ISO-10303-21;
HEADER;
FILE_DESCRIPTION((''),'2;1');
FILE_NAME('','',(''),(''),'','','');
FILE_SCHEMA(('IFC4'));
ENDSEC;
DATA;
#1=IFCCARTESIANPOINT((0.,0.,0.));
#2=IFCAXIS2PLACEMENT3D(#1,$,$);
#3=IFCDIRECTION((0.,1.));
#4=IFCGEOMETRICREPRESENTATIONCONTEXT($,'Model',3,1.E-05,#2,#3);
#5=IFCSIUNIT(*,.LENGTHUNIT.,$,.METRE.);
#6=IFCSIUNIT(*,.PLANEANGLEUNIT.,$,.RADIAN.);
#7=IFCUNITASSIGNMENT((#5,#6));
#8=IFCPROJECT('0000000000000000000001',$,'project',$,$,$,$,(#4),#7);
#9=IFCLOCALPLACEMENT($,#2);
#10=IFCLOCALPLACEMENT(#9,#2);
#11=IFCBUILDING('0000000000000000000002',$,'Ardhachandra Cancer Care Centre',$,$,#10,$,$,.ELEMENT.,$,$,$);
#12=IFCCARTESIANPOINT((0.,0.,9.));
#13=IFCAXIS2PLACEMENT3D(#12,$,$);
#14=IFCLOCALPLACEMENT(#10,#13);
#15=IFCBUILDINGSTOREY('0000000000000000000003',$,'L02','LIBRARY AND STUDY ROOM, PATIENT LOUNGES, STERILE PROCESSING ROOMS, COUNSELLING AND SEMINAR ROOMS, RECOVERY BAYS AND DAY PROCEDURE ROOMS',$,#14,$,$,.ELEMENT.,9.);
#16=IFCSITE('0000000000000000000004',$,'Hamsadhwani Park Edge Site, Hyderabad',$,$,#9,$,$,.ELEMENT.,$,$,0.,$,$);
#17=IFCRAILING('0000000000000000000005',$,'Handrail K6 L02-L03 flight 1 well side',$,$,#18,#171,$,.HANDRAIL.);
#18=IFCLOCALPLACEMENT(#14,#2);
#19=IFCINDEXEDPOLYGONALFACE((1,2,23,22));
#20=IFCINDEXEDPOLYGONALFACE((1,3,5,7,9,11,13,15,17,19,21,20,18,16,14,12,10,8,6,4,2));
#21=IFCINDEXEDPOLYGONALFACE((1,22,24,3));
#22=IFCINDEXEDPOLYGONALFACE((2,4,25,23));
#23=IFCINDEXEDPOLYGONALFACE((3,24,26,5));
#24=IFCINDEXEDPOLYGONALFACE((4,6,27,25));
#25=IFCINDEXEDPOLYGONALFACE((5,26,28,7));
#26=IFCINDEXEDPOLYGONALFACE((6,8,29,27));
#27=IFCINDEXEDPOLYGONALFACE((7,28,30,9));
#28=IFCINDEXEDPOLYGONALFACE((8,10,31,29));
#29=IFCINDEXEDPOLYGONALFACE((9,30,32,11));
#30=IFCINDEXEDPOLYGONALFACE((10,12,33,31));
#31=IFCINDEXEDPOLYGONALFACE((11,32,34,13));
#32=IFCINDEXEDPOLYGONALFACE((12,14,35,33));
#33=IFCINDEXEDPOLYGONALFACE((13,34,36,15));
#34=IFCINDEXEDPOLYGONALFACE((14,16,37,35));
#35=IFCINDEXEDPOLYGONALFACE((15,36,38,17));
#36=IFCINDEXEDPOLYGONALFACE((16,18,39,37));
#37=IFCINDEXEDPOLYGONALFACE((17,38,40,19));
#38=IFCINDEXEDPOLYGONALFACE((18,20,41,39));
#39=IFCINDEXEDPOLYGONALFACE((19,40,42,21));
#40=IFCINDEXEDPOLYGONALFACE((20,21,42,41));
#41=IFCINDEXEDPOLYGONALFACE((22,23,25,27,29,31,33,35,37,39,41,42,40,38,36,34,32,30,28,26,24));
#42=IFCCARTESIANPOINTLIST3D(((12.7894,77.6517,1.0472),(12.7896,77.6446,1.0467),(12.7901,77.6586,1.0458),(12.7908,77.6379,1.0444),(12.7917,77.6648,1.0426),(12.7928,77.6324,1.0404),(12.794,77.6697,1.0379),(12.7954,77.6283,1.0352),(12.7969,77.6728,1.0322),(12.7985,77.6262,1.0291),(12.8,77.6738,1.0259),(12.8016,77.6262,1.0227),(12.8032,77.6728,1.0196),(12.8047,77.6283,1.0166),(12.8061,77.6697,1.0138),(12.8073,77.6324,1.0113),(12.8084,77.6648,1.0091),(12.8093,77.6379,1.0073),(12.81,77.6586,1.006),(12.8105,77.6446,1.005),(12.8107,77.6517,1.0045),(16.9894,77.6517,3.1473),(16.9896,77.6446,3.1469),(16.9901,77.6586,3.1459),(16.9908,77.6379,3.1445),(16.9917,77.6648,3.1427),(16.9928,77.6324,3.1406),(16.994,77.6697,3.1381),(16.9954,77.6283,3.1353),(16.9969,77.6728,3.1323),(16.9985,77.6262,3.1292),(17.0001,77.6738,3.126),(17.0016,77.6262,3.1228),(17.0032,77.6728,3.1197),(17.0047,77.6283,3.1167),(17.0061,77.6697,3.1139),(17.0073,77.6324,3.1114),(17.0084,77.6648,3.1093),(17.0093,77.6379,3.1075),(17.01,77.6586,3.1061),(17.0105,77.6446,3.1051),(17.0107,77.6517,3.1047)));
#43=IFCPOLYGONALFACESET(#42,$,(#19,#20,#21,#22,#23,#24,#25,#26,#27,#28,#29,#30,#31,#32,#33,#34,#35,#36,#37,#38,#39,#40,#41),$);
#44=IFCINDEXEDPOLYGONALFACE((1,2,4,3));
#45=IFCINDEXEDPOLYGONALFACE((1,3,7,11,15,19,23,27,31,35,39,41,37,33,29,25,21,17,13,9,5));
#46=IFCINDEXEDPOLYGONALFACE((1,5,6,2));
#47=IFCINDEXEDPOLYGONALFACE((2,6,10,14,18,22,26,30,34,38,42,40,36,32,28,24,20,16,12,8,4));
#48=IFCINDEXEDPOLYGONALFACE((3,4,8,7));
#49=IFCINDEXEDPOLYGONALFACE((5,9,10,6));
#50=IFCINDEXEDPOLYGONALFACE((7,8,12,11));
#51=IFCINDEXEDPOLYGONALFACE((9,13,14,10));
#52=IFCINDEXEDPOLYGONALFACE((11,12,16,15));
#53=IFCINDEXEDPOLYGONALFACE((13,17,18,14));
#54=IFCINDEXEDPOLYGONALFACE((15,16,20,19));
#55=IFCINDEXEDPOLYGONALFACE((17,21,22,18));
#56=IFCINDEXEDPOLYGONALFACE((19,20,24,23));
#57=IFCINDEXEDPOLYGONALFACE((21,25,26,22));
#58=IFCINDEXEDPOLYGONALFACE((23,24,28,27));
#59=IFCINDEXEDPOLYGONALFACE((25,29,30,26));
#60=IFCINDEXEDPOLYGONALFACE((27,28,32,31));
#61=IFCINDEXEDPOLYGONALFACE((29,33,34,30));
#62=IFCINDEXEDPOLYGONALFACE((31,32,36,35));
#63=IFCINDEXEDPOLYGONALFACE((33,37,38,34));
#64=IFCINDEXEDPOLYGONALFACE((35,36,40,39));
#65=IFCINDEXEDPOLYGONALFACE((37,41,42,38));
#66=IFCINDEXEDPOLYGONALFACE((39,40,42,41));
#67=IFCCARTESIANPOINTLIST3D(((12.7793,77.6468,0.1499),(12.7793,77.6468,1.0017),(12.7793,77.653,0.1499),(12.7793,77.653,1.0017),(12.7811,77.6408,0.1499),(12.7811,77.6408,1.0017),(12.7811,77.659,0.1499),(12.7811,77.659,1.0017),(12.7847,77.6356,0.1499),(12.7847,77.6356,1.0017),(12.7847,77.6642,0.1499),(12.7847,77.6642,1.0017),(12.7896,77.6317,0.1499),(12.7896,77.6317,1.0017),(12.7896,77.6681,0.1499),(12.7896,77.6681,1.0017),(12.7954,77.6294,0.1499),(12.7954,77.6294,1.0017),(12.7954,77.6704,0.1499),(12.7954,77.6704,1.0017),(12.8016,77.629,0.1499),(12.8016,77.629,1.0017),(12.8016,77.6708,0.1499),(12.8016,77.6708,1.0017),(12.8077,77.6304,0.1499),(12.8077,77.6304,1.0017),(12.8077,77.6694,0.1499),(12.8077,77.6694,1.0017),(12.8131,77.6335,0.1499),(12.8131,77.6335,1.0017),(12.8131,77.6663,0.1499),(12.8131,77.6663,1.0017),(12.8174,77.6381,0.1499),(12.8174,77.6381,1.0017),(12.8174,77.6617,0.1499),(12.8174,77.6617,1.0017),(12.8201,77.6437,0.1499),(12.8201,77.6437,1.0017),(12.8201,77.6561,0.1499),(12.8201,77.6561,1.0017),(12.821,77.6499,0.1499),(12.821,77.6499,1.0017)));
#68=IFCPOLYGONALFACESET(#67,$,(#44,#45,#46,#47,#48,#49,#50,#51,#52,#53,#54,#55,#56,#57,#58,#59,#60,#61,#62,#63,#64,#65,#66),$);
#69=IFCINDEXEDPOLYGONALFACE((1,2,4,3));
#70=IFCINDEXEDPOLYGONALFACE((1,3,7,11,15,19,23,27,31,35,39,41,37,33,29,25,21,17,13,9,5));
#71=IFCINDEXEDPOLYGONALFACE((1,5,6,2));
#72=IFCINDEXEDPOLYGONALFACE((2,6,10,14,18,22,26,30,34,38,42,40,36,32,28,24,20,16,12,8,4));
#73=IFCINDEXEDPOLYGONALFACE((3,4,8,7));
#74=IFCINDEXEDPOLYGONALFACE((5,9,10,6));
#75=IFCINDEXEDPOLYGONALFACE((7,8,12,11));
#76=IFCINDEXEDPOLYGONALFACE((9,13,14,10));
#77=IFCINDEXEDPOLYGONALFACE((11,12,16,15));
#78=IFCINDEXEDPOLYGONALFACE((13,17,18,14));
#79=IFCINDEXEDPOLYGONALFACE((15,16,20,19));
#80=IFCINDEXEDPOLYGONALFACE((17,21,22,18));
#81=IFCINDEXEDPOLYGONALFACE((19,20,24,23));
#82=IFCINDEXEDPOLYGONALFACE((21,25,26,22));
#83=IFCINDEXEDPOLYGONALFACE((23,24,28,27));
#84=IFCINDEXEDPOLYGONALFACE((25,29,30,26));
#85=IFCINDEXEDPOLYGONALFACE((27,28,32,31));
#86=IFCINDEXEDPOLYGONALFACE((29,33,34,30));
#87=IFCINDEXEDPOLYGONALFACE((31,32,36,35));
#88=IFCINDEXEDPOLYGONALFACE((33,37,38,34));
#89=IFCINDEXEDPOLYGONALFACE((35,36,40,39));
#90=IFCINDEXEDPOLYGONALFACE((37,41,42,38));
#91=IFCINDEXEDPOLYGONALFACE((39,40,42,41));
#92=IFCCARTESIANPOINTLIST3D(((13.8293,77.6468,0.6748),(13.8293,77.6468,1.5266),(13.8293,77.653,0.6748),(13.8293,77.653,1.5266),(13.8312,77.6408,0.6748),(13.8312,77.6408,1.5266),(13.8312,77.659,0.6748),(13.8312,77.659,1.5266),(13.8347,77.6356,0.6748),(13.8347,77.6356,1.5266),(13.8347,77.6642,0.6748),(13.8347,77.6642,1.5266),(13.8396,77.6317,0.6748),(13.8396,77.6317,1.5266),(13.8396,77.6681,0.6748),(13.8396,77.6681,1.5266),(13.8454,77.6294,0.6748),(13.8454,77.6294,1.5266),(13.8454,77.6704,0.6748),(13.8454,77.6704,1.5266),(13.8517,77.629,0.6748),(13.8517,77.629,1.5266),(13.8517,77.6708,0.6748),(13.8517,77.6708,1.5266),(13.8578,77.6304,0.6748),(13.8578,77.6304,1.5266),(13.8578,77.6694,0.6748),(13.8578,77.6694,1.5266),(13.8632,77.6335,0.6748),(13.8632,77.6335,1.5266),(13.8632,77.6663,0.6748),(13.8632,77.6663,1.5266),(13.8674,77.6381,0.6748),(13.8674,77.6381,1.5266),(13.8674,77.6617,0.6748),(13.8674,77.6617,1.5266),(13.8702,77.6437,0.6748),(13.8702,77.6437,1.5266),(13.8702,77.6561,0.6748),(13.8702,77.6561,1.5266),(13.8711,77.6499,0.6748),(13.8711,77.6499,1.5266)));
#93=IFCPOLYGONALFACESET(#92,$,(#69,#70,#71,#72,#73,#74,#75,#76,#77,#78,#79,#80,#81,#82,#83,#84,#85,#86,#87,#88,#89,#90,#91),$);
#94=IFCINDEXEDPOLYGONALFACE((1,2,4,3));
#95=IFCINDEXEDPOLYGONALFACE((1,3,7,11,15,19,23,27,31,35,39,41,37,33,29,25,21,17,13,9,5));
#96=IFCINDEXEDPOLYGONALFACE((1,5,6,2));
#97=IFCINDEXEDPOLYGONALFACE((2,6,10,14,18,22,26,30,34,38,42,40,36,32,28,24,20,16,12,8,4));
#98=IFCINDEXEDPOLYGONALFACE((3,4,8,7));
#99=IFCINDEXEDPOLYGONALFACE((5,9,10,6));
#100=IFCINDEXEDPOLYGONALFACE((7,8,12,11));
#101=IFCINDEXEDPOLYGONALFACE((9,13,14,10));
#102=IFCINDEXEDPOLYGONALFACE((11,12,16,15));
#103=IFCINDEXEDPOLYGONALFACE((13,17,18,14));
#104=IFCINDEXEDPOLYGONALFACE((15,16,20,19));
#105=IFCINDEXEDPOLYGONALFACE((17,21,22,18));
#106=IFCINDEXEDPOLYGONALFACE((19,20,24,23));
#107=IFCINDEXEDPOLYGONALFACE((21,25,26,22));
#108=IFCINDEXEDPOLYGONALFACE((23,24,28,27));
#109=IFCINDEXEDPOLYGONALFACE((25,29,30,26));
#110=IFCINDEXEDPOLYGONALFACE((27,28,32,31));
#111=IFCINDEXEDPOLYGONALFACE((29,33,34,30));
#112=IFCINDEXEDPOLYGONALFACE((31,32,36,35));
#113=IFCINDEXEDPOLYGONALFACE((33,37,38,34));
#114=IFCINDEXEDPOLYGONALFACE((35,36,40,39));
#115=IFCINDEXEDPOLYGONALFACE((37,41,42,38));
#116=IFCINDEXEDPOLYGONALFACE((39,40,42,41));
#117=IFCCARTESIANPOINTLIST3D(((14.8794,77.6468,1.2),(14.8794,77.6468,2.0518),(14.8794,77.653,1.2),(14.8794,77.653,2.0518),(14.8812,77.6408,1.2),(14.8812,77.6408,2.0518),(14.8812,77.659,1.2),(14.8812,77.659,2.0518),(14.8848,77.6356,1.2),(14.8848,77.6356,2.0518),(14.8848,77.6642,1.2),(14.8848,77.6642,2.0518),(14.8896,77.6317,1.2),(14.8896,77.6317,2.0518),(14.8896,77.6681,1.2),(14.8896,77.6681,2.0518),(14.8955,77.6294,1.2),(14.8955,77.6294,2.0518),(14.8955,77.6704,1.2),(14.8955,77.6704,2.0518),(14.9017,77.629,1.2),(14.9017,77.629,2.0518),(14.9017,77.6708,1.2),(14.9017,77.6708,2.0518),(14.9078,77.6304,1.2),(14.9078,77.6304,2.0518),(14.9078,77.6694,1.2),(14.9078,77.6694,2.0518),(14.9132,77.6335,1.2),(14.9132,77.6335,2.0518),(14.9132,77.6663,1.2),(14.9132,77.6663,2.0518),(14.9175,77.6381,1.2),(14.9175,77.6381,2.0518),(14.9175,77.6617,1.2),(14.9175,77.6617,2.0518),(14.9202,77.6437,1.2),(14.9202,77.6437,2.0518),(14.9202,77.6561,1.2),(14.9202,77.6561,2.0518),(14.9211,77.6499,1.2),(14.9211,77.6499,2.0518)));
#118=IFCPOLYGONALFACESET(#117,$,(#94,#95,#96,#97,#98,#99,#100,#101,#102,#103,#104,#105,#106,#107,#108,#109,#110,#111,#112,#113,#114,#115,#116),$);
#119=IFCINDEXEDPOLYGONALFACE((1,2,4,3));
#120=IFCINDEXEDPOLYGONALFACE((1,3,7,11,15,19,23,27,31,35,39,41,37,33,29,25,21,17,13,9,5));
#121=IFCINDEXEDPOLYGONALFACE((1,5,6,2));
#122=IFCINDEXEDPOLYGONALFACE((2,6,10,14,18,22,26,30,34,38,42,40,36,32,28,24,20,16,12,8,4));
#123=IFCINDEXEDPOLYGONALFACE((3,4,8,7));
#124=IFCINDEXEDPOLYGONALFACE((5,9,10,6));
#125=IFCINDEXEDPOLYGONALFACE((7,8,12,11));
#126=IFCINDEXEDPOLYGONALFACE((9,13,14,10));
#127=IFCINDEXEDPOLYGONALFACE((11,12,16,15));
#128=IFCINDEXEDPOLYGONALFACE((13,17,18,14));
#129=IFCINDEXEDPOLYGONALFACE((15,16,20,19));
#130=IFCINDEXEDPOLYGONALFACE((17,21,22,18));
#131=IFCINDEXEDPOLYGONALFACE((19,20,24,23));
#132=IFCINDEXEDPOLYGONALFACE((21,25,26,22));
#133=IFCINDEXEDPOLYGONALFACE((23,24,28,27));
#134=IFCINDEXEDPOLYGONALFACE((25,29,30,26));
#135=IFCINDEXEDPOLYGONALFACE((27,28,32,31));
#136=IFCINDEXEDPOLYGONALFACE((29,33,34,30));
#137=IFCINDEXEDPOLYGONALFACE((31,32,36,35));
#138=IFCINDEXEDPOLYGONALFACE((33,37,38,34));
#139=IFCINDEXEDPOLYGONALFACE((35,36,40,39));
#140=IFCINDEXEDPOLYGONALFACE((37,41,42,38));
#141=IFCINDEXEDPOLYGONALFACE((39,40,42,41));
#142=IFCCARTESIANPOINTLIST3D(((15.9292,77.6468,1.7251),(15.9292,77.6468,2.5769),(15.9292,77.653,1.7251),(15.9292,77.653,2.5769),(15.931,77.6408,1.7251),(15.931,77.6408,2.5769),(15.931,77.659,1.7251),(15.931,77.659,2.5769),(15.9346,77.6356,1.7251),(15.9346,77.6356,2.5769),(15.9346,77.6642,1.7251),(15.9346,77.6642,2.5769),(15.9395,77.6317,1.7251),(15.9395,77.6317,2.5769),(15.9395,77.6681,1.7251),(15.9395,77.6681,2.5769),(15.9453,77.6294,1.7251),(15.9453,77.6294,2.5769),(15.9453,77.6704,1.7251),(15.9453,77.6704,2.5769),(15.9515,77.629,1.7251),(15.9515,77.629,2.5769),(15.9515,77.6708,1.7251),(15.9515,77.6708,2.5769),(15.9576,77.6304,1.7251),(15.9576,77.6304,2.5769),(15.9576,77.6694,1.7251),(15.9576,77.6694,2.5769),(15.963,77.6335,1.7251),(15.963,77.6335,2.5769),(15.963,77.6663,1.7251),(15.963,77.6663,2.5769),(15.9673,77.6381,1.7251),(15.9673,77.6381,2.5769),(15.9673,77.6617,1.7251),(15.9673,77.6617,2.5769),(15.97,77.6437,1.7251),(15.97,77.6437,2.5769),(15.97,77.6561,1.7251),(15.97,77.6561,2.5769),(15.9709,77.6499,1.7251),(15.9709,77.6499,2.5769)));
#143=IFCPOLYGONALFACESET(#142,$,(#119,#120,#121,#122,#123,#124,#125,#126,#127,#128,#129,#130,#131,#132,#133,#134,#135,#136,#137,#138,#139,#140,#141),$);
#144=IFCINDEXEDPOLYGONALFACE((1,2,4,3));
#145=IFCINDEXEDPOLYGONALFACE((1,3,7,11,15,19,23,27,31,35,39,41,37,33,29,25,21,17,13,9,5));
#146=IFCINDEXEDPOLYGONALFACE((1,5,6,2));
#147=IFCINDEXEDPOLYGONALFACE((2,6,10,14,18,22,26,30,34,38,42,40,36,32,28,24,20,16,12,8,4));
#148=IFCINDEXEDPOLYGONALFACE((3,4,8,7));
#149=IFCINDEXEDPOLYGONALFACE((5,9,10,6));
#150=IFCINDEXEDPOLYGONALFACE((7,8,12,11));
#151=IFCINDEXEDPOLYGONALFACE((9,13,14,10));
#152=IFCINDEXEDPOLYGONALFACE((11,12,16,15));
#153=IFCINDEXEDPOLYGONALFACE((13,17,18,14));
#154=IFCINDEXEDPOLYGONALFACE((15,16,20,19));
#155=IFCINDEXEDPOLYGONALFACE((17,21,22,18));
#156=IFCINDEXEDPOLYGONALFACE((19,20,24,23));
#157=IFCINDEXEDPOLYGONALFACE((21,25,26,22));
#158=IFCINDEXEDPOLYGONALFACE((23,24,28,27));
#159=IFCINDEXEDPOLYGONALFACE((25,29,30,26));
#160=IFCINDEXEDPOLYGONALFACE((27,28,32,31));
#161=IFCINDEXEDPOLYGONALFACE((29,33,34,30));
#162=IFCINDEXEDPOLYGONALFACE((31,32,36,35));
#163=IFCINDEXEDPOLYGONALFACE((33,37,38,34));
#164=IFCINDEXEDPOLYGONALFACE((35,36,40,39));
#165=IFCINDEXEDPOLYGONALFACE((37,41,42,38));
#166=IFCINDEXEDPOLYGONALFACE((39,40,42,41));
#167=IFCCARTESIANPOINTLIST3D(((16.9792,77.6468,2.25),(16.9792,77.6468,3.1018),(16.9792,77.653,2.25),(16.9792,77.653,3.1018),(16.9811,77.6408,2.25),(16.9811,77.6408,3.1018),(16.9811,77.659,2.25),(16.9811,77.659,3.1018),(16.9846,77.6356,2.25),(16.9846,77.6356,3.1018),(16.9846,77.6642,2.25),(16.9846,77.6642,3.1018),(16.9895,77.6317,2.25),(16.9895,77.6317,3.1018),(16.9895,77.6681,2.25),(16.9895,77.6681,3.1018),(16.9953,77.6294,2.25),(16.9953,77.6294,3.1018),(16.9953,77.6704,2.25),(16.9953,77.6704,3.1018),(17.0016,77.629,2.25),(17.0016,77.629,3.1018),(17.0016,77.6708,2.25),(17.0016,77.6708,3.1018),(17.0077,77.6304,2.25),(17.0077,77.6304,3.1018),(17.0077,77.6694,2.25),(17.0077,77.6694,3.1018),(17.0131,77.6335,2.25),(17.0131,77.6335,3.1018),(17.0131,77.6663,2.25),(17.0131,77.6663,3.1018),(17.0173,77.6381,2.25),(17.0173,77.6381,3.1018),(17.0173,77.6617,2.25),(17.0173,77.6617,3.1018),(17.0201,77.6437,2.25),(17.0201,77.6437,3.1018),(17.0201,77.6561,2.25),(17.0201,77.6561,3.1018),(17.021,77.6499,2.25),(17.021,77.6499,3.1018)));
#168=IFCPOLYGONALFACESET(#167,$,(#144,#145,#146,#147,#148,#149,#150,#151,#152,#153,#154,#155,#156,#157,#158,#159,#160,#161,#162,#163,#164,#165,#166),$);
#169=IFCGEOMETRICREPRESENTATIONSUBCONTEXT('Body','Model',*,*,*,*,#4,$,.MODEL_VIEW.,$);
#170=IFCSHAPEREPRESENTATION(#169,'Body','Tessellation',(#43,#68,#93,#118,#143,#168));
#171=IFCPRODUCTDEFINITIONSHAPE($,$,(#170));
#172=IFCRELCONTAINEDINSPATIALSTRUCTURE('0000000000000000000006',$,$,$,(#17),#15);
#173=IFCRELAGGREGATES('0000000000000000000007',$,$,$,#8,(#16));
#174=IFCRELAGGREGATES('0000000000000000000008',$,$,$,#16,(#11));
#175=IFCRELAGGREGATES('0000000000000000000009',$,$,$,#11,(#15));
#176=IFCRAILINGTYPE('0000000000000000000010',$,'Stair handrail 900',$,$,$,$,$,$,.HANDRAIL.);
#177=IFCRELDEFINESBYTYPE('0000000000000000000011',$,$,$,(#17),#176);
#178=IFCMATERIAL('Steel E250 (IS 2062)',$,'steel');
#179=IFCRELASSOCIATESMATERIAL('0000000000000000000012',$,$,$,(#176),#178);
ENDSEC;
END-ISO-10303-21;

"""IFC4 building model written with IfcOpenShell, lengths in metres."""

from ifc_helpers import new_model, si_unit, direction, frame, origin, origin_2d, place, context, subcontext, project, spatial, circle, extrude, material, type_object, element, save


model = new_model("IFC4")

# Units and contexts
model_context = context("Model", 3, precision=1e-05, world=origin(), true_north=direction((0.0, 1.0)))
body_context = subcontext(model_context, "Body", "Model", "MODEL_VIEW")
ifc_project = project(units=[si_unit("LENGTHUNIT", "METRE"), si_unit("PLANEANGLEUNIT", "RADIAN")], contexts=[model_context])

# Site, building, storey
site_placement = place(None, origin())
site = spatial("IfcSite", under=ifc_project, at=site_placement, Name="Hamsadhwani Park Edge Site, Hyderabad", CompositionType="ELEMENT", RefElevation=0.0)
building_placement = place(site_placement, origin())
building = spatial("IfcBuilding", under=site, at=building_placement, Name="Ardhachandra Cancer Care Centre", CompositionType="ELEMENT")
storey_placement = place(building_placement, frame((0.0, 0.0, 9.0)))
storey = spatial("IfcBuildingStorey", under=building, at=storey_placement, Name="L02", Description="LIBRARY AND STUDY ROOM, PATIENT LOUNGES, STERILE PROCESSING ROOMS, COUNSELLING AND SEMINAR ROOMS, RECOVERY BAYS AND DAY PROCEDURE ROOMS", CompositionType="ELEMENT", Elevation=9.0)

# Railing
ifc_material_1 = material(Name="Steel E250 (IS 2062)", Category="steel")
railing_type_1 = type_object("IfcRailingType", Name="Stair handrail 900", PredefinedType="HANDRAIL", material=ifc_material_1)
for number, where, name in (
    (1, (12.8, 77.6499, 0.1499), "Handrail K6 L02-L03 flight 1 well side"),
):
    element("IfcRailing", number, at=place(storey_placement, frame(where)), inside=storey, type_object=railing_type_1, Name=name, PredefinedType="HANDRAIL", context=body_context, shape_type="SweptSolid", body=[
        extrude(circle(Radius=0.0239, at=origin_2d()), frame((0.0, 0.0, 0.876), z_axis=(0.894417, 0.0, 0.447234), x_axis=(0.0, 1.0, 0.0)), (0.0, 0.0, 1.0), 4.6958),
        extrude(circle(Radius=0.021, at=origin_2d()), origin(), (0.0, 0.0, 1.0), 0.8518),
        extrude(circle(Radius=0.021, at=origin_2d()), frame((1.05, 0.0, 0.5249)), (0.0, 0.0, 1.0), 0.8518),
        extrude(circle(Radius=0.021, at=origin_2d()), frame((2.1001, 0.0, 1.05)), (0.0, 0.0, 1.0), 0.8518),
        extrude(circle(Radius=0.021, at=origin_2d()), frame((3.1499, 0.0, 1.5752)), (0.0, 0.0, 1.0), 0.8518),
        extrude(circle(Radius=0.021, at=origin_2d()), frame((4.2, 0.0, 2.1001)), (0.0, 0.0, 1.0), 0.8518),
    ])

save(model, "model.ifc")
